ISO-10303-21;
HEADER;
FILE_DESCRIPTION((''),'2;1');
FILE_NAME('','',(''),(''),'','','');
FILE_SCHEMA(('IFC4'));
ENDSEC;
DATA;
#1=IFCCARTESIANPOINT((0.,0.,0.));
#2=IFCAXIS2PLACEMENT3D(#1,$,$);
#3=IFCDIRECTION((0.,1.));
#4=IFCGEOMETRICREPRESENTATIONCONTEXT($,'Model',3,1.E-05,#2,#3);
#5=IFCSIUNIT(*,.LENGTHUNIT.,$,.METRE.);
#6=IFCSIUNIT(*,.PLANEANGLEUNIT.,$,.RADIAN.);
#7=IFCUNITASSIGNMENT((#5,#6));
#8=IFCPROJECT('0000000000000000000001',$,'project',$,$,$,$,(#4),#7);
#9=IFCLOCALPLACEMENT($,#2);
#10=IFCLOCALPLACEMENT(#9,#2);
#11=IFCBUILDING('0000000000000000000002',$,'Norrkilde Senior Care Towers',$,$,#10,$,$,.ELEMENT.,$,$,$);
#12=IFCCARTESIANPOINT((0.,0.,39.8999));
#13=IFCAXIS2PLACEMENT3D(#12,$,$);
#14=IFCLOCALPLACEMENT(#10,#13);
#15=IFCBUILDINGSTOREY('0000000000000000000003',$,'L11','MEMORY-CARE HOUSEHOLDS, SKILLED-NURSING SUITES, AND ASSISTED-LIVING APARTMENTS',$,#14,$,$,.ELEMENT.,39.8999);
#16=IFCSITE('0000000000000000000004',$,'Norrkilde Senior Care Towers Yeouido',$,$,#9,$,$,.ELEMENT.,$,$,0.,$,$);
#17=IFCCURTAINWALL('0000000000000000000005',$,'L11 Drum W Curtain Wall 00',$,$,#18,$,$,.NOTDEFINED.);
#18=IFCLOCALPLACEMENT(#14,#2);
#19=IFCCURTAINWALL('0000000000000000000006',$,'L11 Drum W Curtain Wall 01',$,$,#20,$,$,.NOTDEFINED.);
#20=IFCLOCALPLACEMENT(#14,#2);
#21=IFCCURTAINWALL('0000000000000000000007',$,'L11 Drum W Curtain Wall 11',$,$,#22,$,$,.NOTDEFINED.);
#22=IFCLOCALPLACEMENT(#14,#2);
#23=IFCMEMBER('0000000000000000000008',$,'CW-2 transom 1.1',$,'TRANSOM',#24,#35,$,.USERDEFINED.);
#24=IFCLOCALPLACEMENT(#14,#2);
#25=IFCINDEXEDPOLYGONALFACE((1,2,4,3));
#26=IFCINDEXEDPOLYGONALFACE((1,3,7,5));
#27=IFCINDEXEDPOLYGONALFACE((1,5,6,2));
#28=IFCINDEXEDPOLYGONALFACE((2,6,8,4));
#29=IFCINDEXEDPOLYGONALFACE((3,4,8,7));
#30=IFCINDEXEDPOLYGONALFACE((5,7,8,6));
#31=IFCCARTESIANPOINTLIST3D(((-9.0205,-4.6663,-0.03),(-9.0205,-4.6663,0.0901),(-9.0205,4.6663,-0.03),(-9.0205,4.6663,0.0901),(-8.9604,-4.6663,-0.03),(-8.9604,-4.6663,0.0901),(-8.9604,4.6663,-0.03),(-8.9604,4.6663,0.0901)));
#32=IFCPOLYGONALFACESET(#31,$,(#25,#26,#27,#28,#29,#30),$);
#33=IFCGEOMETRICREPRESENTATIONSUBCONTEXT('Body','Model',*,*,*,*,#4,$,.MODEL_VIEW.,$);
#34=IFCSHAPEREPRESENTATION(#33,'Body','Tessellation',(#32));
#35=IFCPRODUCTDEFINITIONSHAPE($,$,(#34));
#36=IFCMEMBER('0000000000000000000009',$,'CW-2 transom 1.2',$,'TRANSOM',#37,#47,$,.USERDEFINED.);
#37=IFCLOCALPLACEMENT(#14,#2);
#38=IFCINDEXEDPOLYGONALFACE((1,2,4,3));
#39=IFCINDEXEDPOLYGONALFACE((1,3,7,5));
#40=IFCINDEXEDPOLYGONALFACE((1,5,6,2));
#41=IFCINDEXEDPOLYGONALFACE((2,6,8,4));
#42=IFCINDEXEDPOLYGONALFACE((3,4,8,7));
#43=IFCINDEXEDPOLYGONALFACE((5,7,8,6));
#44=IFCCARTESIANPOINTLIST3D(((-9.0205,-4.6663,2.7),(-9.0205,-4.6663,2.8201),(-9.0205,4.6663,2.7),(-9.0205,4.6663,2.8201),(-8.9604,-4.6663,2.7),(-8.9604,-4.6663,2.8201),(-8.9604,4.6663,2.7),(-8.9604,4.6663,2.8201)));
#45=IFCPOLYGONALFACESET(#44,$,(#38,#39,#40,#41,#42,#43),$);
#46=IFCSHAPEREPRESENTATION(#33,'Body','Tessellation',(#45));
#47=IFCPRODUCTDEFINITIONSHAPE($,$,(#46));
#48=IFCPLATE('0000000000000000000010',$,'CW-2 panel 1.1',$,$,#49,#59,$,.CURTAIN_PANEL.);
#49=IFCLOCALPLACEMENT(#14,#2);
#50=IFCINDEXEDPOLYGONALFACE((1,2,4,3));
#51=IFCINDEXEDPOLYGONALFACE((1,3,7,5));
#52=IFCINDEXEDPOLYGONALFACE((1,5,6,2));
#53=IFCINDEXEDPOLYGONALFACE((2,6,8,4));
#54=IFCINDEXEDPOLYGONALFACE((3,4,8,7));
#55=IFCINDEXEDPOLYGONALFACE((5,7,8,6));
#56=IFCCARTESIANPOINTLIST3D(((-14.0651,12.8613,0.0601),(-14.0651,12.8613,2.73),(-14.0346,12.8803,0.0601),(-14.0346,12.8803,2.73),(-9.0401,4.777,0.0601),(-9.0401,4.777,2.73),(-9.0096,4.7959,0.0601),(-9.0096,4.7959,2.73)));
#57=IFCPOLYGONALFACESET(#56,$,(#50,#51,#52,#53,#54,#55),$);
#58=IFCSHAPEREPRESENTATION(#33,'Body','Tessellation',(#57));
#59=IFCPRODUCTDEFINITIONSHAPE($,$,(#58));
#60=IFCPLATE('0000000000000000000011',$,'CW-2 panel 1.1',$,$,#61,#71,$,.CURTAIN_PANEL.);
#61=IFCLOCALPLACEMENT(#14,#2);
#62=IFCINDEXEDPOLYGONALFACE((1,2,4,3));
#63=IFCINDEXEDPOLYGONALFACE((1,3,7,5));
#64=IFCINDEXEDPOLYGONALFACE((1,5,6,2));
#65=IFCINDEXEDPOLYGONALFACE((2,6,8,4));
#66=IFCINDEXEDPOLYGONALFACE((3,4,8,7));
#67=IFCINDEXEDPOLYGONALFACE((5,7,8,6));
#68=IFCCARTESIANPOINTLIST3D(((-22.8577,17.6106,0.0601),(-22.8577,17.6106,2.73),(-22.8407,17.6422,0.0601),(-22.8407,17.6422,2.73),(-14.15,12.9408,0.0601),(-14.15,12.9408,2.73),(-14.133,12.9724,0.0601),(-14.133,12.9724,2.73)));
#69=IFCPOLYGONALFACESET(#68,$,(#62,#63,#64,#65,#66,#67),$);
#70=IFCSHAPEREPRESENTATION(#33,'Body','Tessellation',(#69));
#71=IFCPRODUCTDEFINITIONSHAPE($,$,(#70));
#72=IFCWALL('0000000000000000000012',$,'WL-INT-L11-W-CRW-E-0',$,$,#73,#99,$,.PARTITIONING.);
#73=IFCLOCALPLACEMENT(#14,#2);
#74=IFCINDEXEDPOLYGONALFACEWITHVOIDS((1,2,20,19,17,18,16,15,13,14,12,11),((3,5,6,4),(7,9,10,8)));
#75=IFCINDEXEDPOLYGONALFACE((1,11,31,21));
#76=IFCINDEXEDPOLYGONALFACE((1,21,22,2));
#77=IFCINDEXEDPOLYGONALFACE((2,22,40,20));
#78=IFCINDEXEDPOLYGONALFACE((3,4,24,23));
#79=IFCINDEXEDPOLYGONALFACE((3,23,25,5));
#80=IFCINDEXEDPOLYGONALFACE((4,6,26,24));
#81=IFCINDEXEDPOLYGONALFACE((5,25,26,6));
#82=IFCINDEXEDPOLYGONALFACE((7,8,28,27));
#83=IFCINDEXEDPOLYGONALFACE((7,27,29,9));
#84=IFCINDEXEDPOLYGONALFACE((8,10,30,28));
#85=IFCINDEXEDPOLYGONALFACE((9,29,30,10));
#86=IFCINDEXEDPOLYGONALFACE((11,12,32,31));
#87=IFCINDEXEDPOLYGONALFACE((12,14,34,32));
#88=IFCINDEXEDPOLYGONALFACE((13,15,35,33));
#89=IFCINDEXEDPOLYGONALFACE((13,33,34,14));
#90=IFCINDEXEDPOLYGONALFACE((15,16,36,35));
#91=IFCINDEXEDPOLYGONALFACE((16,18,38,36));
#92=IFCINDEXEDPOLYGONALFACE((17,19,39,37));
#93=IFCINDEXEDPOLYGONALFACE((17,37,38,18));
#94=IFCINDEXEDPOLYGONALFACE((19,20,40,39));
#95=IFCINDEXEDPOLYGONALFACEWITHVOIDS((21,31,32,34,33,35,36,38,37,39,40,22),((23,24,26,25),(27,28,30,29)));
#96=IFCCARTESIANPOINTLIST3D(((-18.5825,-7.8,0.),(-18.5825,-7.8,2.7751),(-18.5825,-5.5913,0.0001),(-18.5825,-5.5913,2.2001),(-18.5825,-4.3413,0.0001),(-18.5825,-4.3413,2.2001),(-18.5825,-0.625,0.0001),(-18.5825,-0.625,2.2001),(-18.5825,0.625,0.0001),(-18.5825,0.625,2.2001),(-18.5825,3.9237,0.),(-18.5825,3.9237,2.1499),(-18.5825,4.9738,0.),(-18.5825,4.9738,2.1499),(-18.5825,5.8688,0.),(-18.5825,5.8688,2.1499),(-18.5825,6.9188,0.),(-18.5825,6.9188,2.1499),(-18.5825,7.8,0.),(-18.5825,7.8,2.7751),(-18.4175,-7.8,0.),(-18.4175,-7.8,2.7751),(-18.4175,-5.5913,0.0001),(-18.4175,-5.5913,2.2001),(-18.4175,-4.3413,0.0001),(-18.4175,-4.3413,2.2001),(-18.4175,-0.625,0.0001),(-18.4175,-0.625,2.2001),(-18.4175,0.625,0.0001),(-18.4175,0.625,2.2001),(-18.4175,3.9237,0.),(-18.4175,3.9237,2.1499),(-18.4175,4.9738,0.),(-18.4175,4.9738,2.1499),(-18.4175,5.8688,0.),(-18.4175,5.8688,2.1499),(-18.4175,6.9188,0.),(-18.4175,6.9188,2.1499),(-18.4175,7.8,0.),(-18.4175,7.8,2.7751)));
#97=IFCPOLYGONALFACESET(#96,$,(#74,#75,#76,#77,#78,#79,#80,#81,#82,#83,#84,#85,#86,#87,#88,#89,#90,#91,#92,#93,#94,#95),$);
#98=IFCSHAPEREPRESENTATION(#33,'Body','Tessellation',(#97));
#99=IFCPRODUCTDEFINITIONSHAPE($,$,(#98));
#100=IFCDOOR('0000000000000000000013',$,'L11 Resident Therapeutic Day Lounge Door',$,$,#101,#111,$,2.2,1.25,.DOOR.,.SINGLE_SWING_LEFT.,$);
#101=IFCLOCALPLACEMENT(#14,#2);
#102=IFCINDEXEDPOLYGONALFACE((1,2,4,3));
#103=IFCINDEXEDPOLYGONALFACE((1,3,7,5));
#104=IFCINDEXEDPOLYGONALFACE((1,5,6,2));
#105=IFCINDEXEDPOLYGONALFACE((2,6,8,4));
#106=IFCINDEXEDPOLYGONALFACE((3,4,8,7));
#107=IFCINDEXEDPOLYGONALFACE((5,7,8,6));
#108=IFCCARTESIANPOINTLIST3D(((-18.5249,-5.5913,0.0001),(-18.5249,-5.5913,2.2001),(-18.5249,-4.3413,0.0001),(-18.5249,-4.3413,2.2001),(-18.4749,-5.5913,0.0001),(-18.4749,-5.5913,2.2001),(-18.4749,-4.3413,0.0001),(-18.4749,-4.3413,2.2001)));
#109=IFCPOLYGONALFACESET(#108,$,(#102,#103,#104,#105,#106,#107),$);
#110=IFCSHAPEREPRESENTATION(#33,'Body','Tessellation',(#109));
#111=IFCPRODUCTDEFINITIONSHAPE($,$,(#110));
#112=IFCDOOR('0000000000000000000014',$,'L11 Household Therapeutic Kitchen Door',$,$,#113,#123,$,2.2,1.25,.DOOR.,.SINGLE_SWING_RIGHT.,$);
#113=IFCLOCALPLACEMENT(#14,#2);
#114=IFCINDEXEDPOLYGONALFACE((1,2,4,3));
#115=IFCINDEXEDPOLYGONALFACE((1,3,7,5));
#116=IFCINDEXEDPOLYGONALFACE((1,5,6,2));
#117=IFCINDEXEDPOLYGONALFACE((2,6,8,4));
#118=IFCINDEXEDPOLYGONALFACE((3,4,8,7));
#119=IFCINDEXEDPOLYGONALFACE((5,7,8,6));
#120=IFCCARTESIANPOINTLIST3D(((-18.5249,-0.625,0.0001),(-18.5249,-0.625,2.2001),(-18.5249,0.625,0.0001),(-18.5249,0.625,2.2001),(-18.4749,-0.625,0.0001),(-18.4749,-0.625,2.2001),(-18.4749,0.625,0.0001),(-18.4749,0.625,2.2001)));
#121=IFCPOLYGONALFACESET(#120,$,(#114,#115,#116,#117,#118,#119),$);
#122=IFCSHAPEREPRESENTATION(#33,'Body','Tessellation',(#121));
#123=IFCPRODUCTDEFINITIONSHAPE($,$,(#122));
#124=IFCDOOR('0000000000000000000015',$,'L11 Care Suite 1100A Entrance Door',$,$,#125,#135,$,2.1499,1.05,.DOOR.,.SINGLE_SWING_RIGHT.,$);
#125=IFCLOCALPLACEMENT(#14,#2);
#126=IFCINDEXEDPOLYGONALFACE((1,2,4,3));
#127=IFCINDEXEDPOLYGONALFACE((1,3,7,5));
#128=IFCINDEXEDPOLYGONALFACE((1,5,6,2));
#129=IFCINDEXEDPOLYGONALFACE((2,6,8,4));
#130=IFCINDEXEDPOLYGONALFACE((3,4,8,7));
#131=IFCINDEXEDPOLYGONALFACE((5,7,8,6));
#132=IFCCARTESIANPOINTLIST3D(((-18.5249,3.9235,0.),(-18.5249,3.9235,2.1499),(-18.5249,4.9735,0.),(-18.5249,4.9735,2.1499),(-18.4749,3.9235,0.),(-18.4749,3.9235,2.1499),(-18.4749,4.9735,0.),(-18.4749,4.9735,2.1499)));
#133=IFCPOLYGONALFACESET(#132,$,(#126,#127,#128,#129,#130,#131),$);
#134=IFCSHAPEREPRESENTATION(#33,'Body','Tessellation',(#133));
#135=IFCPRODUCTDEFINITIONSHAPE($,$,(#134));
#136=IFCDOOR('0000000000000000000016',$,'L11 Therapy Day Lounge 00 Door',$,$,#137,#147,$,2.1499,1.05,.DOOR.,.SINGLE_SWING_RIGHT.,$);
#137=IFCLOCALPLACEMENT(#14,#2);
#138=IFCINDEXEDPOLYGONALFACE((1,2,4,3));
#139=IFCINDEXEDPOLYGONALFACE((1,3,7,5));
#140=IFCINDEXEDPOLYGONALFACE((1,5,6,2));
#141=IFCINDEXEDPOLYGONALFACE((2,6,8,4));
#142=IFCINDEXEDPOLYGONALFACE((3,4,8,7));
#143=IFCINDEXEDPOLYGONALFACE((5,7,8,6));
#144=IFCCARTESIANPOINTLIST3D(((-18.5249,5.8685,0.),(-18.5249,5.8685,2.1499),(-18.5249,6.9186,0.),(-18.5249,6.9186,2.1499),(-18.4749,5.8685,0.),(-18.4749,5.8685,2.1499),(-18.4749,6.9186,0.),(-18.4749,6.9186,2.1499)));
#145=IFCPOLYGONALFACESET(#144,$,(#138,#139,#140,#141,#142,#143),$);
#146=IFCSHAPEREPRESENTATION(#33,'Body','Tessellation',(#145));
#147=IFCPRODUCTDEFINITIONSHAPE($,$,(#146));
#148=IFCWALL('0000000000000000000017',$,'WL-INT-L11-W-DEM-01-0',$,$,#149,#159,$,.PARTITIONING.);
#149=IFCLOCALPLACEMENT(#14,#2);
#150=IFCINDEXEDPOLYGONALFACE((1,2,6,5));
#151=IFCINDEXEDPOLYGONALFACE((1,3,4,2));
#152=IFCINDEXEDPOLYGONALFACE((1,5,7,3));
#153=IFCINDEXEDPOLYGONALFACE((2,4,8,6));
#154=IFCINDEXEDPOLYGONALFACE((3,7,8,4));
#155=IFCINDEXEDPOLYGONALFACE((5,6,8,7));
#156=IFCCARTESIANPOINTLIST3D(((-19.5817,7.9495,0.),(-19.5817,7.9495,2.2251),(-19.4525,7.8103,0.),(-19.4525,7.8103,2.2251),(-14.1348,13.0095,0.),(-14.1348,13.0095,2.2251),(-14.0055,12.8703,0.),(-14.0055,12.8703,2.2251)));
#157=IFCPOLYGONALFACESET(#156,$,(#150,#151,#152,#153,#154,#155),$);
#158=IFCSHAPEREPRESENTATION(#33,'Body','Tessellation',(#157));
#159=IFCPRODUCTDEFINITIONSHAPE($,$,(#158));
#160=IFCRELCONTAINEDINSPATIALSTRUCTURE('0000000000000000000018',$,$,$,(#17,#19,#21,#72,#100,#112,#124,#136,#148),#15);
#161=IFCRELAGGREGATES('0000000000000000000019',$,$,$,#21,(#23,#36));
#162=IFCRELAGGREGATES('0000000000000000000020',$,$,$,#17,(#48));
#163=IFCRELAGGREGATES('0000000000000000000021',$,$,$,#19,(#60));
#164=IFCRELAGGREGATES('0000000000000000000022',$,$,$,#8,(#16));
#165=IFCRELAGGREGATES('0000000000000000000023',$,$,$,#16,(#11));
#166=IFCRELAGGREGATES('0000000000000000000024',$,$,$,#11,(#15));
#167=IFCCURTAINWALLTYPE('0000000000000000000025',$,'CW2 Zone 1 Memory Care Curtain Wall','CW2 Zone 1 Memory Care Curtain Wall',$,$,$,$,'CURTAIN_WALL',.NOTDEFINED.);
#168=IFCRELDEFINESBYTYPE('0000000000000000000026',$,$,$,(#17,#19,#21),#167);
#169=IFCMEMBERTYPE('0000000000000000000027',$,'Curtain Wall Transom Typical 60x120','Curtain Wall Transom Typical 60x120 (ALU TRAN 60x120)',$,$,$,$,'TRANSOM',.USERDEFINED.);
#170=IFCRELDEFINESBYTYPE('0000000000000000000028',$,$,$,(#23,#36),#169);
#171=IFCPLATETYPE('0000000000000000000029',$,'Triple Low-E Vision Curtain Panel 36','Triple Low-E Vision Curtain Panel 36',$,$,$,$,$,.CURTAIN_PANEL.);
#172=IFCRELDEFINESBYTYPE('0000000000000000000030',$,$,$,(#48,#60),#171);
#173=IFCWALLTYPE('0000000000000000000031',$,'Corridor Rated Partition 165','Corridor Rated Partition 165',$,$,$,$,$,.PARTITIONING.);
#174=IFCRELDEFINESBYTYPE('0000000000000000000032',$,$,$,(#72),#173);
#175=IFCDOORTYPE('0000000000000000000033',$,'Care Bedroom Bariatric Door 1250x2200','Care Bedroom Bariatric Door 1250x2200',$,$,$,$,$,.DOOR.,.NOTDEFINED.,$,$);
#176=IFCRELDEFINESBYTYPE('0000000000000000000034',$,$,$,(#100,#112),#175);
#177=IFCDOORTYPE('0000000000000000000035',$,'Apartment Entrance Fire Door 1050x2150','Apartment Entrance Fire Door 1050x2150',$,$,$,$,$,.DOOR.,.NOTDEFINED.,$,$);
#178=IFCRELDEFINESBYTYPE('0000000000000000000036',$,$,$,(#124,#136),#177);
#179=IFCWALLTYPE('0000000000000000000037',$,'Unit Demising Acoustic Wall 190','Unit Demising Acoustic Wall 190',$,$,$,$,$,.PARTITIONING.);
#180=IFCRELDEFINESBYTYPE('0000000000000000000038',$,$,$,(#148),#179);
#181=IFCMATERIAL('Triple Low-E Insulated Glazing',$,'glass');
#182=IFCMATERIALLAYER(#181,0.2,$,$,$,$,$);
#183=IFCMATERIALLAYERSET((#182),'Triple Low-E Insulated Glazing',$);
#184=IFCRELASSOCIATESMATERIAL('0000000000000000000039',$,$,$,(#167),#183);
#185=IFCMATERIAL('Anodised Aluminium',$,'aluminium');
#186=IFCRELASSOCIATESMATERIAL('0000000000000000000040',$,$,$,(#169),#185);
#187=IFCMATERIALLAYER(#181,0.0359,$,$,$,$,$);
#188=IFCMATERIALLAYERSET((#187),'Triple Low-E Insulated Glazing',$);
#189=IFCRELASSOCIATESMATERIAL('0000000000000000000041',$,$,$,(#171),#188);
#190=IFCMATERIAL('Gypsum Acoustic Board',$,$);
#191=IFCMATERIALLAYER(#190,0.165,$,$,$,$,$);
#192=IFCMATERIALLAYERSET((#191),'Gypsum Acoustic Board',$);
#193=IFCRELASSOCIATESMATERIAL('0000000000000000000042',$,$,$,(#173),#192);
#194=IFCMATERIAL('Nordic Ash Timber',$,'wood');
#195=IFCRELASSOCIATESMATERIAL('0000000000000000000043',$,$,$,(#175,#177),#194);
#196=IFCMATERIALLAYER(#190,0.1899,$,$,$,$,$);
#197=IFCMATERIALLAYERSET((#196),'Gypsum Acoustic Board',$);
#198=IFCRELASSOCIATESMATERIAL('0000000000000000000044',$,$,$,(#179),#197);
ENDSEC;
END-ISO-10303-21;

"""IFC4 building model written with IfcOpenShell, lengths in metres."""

from ifc_helpers import new_model, si_unit, direction, frame, frame_2d, origin, origin_2d, place, context, subcontext, project, spatial, rectangle, extrude, source, transform, mapped, material, layer, layer_set, material_profile, profile_set, type_object, type_shapes, element, fill, aggregate, save


model = new_model("IFC4")

# Units and contexts
model_context = context("Model", 3, precision=1e-05, world=origin(), true_north=direction((0.0, 1.0)))
body_context = subcontext(model_context, "Body", "Model", "MODEL_VIEW")
ifc_project = project(units=[si_unit("LENGTHUNIT", "METRE"), si_unit("PLANEANGLEUNIT", "RADIAN")], contexts=[model_context])

# Site, building, storey
site_placement = place(None, origin())
site = spatial("IfcSite", under=ifc_project, at=site_placement, Name="Norrkilde Senior Care Towers Yeouido", CompositionType="ELEMENT", RefElevation=0.0)
building_placement = place(site_placement, origin())
building = spatial("IfcBuilding", under=site, at=building_placement, Name="Norrkilde Senior Care Towers", CompositionType="ELEMENT")
storey_placement = place(building_placement, frame((0.0, 0.0, 39.8999)))
storey = spatial("IfcBuildingStorey", under=building, at=storey_placement, Name="L11", Description="MEMORY-CARE HOUSEHOLDS, SKILLED-NURSING SUITES, AND ASSISTED-LIVING APARTMENTS", CompositionType="ELEMENT", Elevation=39.8999)

# Curtain wall
ifc_material_1 = material(Name="Triple Low-E Insulated Glazing", Category="glass")
ifc_layer_1 = layer(ifc_material_1, 0.2)
ifc_layer_set_1 = layer_set([ifc_layer_1], Name="Triple Low-E Insulated Glazing")
curtain_wall_type = type_object("IfcCurtainWallType", Name="CW2 Zone 1 Memory Care Curtain Wall", Description="CW2 Zone 1 Memory Care Curtain Wall", ElementType="CURTAIN_WALL", PredefinedType="NOTDEFINED", material=ifc_layer_set_1)
curtain_wall_1_placement = place(storey_placement, origin())
curtain_wall_1 = element("IfcCurtainWall", 1, at=curtain_wall_1_placement, inside=storey, type_object=curtain_wall_type, Name="L11 Drum W Curtain Wall 00", PredefinedType="NOTDEFINED")
ifc_material_2 = material(Name="Anodised Aluminium", Category="aluminium")

# Curtain walls
curtain_wall_2_placement = place(storey_placement, origin())
curtain_wall_2 = element("IfcCurtainWall", 2, at=curtain_wall_2_placement, inside=storey, type_object=curtain_wall_type, Name="L11 Drum W Curtain Wall 01", PredefinedType="NOTDEFINED")
curtain_wall_3_placement = place(storey_placement, origin())
curtain_wall_3 = element("IfcCurtainWall", 3, at=curtain_wall_3_placement, inside=storey, type_object=curtain_wall_type, Name="L11 Drum W Curtain Wall 11", PredefinedType="NOTDEFINED")

# Members
ifc_material_profile_1 = material_profile(ifc_material_2, rectangle(XDim=0.0601, YDim=0.1201, at=origin_2d()), Name="ALU TRAN 60x120")
ifc_profile_set_1 = profile_set([ifc_material_profile_1], Name="Anodised Aluminium")
member_type_1 = type_object("IfcMemberType", Name="Curtain Wall Transom Typical 60x120", Description="Curtain Wall Transom Typical 60x120 (ALU TRAN 60x120)", ElementType="TRANSOM", PredefinedType="USERDEFINED", material=ifc_profile_set_1)
shared_shape_1 = source(origin(), body_context, "Body", "SweptSolid", [
    extrude(rectangle(XDim=0.0601, YDim=0.1201, at=origin_2d()), origin(), (0.0, 0.0, 1.0), 9.3325),
])
member_1_placement = place(storey_placement, frame((-8.9905, 4.6663, 0.03), z_axis=(0.0, -1.0, 0.0), x_axis=(1.0, 0.0, 0.0)))
member_1 = element("IfcMember", 4, at=member_1_placement, type_object=member_type_1, Name="CW-2 transom 1.1", ObjectType="TRANSOM", PredefinedType="USERDEFINED", context=body_context, shape_type="MappedRepresentation", body=[
    mapped(shared_shape_1, transform((0.0, 0.0, 0.0), x_axis=(1.0, 0.0, 0.0), y_axis=(0.0, 1.0, 0.0), z_axis=(0.0, 0.0, 1.0), scale=1.0)),
])
member_2_placement = place(storey_placement, frame((-8.9905, 4.6663, 2.76), z_axis=(0.0, -1.0, 0.0), x_axis=(1.0, 0.0, 0.0)))
member_2 = element("IfcMember", 5, at=member_2_placement, type_object=member_type_1, Name="CW-2 transom 1.2", ObjectType="TRANSOM", PredefinedType="USERDEFINED", context=body_context, shape_type="MappedRepresentation", body=[
    mapped(shared_shape_1, transform((0.0, 0.0, 0.0), x_axis=(1.0, 0.0, 0.0), y_axis=(0.0, 1.0, 0.0), z_axis=(0.0, 0.0, 1.0), scale=1.0)),
])
aggregate(curtain_wall_3, [member_1, member_2])

# Plates
ifc_layer_2 = layer(ifc_material_1, 0.0359)
ifc_layer_set_2 = layer_set([ifc_layer_2], Name="Triple Low-E Insulated Glazing")
plate_type = type_object("IfcPlateType", Name="Triple Low-E Vision Curtain Panel 36", Description="Triple Low-E Vision Curtain Panel 36", PredefinedType="CURTAIN_PANEL", material=ifc_layer_set_2)
shared_shape_2 = source(origin(), body_context, "Body", "SweptSolid", [
    extrude(rectangle(XDim=9.5188, YDim=0.0359, at=origin_2d()), origin(), (0.0, 0.0, 1.0), 2.6699),
])
plate_1_placement = place(storey_placement, frame((-11.5374, 8.8286, 0.0601), z_axis=(0.0, 0.0, 1.0), x_axis=(0.527901, -0.849306, 0.0)))
plate_1 = element("IfcPlate", 6, at=plate_1_placement, type_object=plate_type, Name="CW-2 panel 1.1", PredefinedType="CURTAIN_PANEL", context=body_context, shape_type="MappedRepresentation", body=[
    mapped(shared_shape_2, transform((0.0, 0.0, 0.0), x_axis=(1.0, 0.0, 0.0), y_axis=(0.0, 1.0, 0.0), z_axis=(0.0, 0.0, 1.0), scale=1.0)),
])
aggregate(curtain_wall_1, [plate_1])
shared_shape_3 = source(origin(), body_context, "Body", "SweptSolid", [
    extrude(rectangle(XDim=9.8809, YDim=0.0359, at=origin_2d()), origin(), (0.0, 0.0, 1.0), 2.6699),
])
type_shapes(plate_type, [shared_shape_2, shared_shape_3])
plate_2_placement = place(storey_placement, frame((-18.4954, 15.2915, 0.0601), z_axis=(0.0, 0.0, 1.0), x_axis=(0.881273, -0.472608, 0.0)))
plate_2 = element("IfcPlate", 7, at=plate_2_placement, type_object=plate_type, Name="CW-2 panel 1.1", PredefinedType="CURTAIN_PANEL", context=body_context, shape_type="MappedRepresentation", body=[
    mapped(shared_shape_3, transform((0.0, 0.0, 0.0), x_axis=(1.0, 0.0, 0.0), y_axis=(0.0, 1.0, 0.0), z_axis=(0.0, 0.0, 1.0), scale=1.0)),
])
aggregate(curtain_wall_2, [plate_2])

# Wall, openings, doors
ifc_material_3 = material(Name="Gypsum Acoustic Board")
ifc_layer_3 = layer(ifc_material_3, 0.165)
ifc_layer_set_3 = layer_set([ifc_layer_3], Name="Gypsum Acoustic Board")
wall_type_1 = type_object("IfcWallType", Name="Corridor Rated Partition 165", Description="Corridor Rated Partition 165", PredefinedType="PARTITIONING", material=ifc_layer_set_3)
shared_shape_4 = source(origin(), body_context, "Body", "SweptSolid", [
    extrude(rectangle(XDim=15.6001, YDim=0.165, at=frame_2d((7.8, 0.0))), origin(), (0.0, 0.0, 1.0), 2.7751),
])
type_shapes(wall_type_1, [shared_shape_4])
wall_1_placement = place(storey_placement, frame((-18.5, 7.8, 0.0), z_axis=(0.0, 0.0, 1.0), x_axis=(0.0, -1.0, 0.0)))
wall_1 = element("IfcWall", 8, at=wall_1_placement, inside=storey, type_object=wall_type_1, Name="WL-INT-L11-W-CRW-E-0", PredefinedType="PARTITIONING", context=body_context, shape_type="MappedRepresentation", body=[
    mapped(shared_shape_4, transform((0.0, 0.0, 0.0), x_axis=(1.0, 0.0, 0.0), y_axis=(0.0, 1.0, 0.0), z_axis=(0.0, 0.0, 1.0), scale=1.0)),
])
opening_1_placement = place(wall_1_placement, frame((12.1414, 0.0, 0.0)))
opening_1 = element("IfcOpeningElement", 9, at=opening_1_placement, cuts=wall_1, PredefinedType="OPENING", context=body_context, shape_type="SweptSolid", body=[
    extrude(rectangle(XDim=1.25, YDim=2.2, at=frame_2d((0.625, 1.1001))), frame((0.0, 0.0925, 0.0), z_axis=(0.0, -1.0, 0.0), x_axis=(1.0, 0.0, 0.0)), (0.0, 0.0, 1.0), 0.1851),
])
opening_2_placement = place(wall_1_placement, frame((7.175, 0.0, 0.0)))
opening_2 = element("IfcOpeningElement", 10, at=opening_2_placement, cuts=wall_1, PredefinedType="OPENING", context=body_context, shape_type="SweptSolid", body=[
    extrude(rectangle(XDim=1.25, YDim=2.2, at=frame_2d((0.625, 1.1001))), frame((0.0, 0.0925, 0.0), z_axis=(0.0, -1.0, 0.0), x_axis=(1.0, 0.0, 0.0)), (0.0, 0.0, 1.0), 0.1851),
])
opening_3_placement = place(wall_1_placement, frame((2.8264, 0.0, 0.0)))
opening_3 = element("IfcOpeningElement", 11, at=opening_3_placement, cuts=wall_1, PredefinedType="OPENING", context=body_context, shape_type="SweptSolid", body=[
    extrude(rectangle(XDim=1.05, YDim=2.1499, at=frame_2d((0.5249, 1.075))), frame((0.0, 0.0925, 0.0), z_axis=(0.0, -1.0, 0.0), x_axis=(1.0, 0.0, 0.0)), (0.0, 0.0, 1.0), 0.1851),
])
opening_4_placement = place(wall_1_placement, frame((0.8813, 0.0, 0.0)))
opening_4 = element("IfcOpeningElement", 12, at=opening_4_placement, cuts=wall_1, PredefinedType="OPENING", context=body_context, shape_type="SweptSolid", body=[
    extrude(rectangle(XDim=1.05, YDim=2.1499, at=frame_2d((0.5249, 1.075))), frame((0.0, 0.0925, 0.0), z_axis=(0.0, -1.0, 0.0), x_axis=(1.0, 0.0, 0.0)), (0.0, 0.0, 1.0), 0.1851),
])
ifc_material_4 = material(Name="Nordic Ash Timber", Category="wood")
door_type_1 = type_object("IfcDoorType", Name="Care Bedroom Bariatric Door 1250x2200", Description="Care Bedroom Bariatric Door 1250x2200", OperationType="NOTDEFINED", PredefinedType="DOOR", material=ifc_material_4)
shared_shape_5 = source(origin(), body_context, "Body", "SweptSolid", [
    extrude(rectangle(XDim=1.25, YDim=2.2, at=frame_2d((0.625, 1.1001))), frame((0.0, 0.0249, 0.0), z_axis=(0.0, -1.0, 0.0), x_axis=(1.0, 0.0, 0.0)), (0.0, 0.0, 1.0), 0.05),
])
type_shapes(door_type_1, [shared_shape_5])
door_1_placement = place(opening_1_placement, frame((1.25, 0.0, 0.0), z_axis=(0.0, 0.0, 1.0), x_axis=(-1.0, 0.0, 0.0)))
door_1 = element("IfcDoor", 13, at=door_1_placement, inside=storey, type_object=door_type_1, Name="L11 Resident Therapeutic Day Lounge Door", OperationType="SINGLE_SWING_LEFT", OverallHeight=2.2, OverallWidth=1.25, PredefinedType="DOOR", context=body_context, shape_type="MappedRepresentation", body=[
    mapped(shared_shape_5, transform((0.0, 0.0, 0.0), x_axis=(1.0, 0.0, 0.0), y_axis=(0.0, 1.0, 0.0), z_axis=(0.0, 0.0, 1.0), scale=1.0)),
])
fill(opening_1, door_1)
door_2_placement = place(opening_2_placement, frame((1.25, 0.0, 0.0), z_axis=(0.0, 0.0, 1.0), x_axis=(-1.0, 0.0, 0.0)))
door_2 = element("IfcDoor", 14, at=door_2_placement, inside=storey, type_object=door_type_1, Name="L11 Household Therapeutic Kitchen Door", OperationType="SINGLE_SWING_RIGHT", OverallHeight=2.2, OverallWidth=1.25, PredefinedType="DOOR", context=body_context, shape_type="MappedRepresentation", body=[
    mapped(shared_shape_5, transform((0.0, 0.0, 0.0), x_axis=(1.0, 0.0, 0.0), y_axis=(0.0, 1.0, 0.0), z_axis=(0.0, 0.0, 1.0), scale=1.0)),
])
fill(opening_2, door_2)
door_type_2 = type_object("IfcDoorType", Name="Apartment Entrance Fire Door 1050x2150", Description="Apartment Entrance Fire Door 1050x2150", OperationType="NOTDEFINED", PredefinedType="DOOR", material=ifc_material_4)
shared_shape_6 = source(origin(), body_context, "Body", "SweptSolid", [
    extrude(rectangle(XDim=1.05, YDim=2.1499, at=frame_2d((0.5249, 1.075))), frame((0.0, 0.0249, 0.0), z_axis=(0.0, -1.0, 0.0), x_axis=(1.0, 0.0, 0.0)), (0.0, 0.0, 1.0), 0.05),
])
type_shapes(door_type_2, [shared_shape_6])
door_3_placement = place(opening_3_placement, frame((1.05, 0.0, 0.0), z_axis=(0.0, 0.0, 1.0), x_axis=(-1.0, 0.0, 0.0)))
door_3 = element("IfcDoor", 15, at=door_3_placement, inside=storey, type_object=door_type_2, Name="L11 Care Suite 1100A Entrance Door", OperationType="SINGLE_SWING_RIGHT", OverallHeight=2.1499, OverallWidth=1.05, PredefinedType="DOOR", context=body_context, shape_type="MappedRepresentation", body=[
    mapped(shared_shape_6, transform((0.0, 0.0, 0.0), x_axis=(1.0, 0.0, 0.0), y_axis=(0.0, 1.0, 0.0), z_axis=(0.0, 0.0, 1.0), scale=1.0)),
])
fill(opening_3, door_3)
door_4_placement = place(opening_4_placement, frame((1.05, 0.0, 0.0), z_axis=(0.0, 0.0, 1.0), x_axis=(-1.0, 0.0, 0.0)))
door_4 = element("IfcDoor", 16, at=door_4_placement, inside=storey, type_object=door_type_2, Name="L11 Therapy Day Lounge 00 Door", OperationType="SINGLE_SWING_RIGHT", OverallHeight=2.1499, OverallWidth=1.05, PredefinedType="DOOR", context=body_context, shape_type="MappedRepresentation", body=[
    mapped(shared_shape_6, transform((0.0, 0.0, 0.0), x_axis=(1.0, 0.0, 0.0), y_axis=(0.0, 1.0, 0.0), z_axis=(0.0, 0.0, 1.0), scale=1.0)),
])
fill(opening_4, door_4)

# Wall
ifc_layer_4 = layer(ifc_material_3, 0.1899)
ifc_layer_set_4 = layer_set([ifc_layer_4], Name="Gypsum Acoustic Board")
wall_type_2 = type_object("IfcWallType", Name="Unit Demising Acoustic Wall 190", Description="Unit Demising Acoustic Wall 190", PredefinedType="PARTITIONING", material=ifc_layer_set_4)
shared_shape_7 = source(origin(), body_context, "Body", "SweptSolid", [
    extrude(rectangle(XDim=7.4346, YDim=0.1899, at=frame_2d((3.7173, 0.0))), origin(), (0.0, 0.0, 1.0), 2.2251),
])
wall_2_placement = place(storey_placement, frame((-19.5171, 7.8799, 0.0), z_axis=(0.0, 0.0, 1.0), x_axis=(0.732652, 0.680603, 0.0)))
element("IfcWall", 17, at=wall_2_placement, inside=storey, type_object=wall_type_2, Name="WL-INT-L11-W-DEM-01-0", PredefinedType="PARTITIONING", context=body_context, shape_type="MappedRepresentation", body=[
    mapped(shared_shape_7, transform((0.0, 0.0, 0.0), x_axis=(1.0, 0.0, 0.0), y_axis=(0.0, 1.0, 0.0), z_axis=(0.0, 0.0, 1.0), scale=1.0)),
])

save(model, "model.ifc")
